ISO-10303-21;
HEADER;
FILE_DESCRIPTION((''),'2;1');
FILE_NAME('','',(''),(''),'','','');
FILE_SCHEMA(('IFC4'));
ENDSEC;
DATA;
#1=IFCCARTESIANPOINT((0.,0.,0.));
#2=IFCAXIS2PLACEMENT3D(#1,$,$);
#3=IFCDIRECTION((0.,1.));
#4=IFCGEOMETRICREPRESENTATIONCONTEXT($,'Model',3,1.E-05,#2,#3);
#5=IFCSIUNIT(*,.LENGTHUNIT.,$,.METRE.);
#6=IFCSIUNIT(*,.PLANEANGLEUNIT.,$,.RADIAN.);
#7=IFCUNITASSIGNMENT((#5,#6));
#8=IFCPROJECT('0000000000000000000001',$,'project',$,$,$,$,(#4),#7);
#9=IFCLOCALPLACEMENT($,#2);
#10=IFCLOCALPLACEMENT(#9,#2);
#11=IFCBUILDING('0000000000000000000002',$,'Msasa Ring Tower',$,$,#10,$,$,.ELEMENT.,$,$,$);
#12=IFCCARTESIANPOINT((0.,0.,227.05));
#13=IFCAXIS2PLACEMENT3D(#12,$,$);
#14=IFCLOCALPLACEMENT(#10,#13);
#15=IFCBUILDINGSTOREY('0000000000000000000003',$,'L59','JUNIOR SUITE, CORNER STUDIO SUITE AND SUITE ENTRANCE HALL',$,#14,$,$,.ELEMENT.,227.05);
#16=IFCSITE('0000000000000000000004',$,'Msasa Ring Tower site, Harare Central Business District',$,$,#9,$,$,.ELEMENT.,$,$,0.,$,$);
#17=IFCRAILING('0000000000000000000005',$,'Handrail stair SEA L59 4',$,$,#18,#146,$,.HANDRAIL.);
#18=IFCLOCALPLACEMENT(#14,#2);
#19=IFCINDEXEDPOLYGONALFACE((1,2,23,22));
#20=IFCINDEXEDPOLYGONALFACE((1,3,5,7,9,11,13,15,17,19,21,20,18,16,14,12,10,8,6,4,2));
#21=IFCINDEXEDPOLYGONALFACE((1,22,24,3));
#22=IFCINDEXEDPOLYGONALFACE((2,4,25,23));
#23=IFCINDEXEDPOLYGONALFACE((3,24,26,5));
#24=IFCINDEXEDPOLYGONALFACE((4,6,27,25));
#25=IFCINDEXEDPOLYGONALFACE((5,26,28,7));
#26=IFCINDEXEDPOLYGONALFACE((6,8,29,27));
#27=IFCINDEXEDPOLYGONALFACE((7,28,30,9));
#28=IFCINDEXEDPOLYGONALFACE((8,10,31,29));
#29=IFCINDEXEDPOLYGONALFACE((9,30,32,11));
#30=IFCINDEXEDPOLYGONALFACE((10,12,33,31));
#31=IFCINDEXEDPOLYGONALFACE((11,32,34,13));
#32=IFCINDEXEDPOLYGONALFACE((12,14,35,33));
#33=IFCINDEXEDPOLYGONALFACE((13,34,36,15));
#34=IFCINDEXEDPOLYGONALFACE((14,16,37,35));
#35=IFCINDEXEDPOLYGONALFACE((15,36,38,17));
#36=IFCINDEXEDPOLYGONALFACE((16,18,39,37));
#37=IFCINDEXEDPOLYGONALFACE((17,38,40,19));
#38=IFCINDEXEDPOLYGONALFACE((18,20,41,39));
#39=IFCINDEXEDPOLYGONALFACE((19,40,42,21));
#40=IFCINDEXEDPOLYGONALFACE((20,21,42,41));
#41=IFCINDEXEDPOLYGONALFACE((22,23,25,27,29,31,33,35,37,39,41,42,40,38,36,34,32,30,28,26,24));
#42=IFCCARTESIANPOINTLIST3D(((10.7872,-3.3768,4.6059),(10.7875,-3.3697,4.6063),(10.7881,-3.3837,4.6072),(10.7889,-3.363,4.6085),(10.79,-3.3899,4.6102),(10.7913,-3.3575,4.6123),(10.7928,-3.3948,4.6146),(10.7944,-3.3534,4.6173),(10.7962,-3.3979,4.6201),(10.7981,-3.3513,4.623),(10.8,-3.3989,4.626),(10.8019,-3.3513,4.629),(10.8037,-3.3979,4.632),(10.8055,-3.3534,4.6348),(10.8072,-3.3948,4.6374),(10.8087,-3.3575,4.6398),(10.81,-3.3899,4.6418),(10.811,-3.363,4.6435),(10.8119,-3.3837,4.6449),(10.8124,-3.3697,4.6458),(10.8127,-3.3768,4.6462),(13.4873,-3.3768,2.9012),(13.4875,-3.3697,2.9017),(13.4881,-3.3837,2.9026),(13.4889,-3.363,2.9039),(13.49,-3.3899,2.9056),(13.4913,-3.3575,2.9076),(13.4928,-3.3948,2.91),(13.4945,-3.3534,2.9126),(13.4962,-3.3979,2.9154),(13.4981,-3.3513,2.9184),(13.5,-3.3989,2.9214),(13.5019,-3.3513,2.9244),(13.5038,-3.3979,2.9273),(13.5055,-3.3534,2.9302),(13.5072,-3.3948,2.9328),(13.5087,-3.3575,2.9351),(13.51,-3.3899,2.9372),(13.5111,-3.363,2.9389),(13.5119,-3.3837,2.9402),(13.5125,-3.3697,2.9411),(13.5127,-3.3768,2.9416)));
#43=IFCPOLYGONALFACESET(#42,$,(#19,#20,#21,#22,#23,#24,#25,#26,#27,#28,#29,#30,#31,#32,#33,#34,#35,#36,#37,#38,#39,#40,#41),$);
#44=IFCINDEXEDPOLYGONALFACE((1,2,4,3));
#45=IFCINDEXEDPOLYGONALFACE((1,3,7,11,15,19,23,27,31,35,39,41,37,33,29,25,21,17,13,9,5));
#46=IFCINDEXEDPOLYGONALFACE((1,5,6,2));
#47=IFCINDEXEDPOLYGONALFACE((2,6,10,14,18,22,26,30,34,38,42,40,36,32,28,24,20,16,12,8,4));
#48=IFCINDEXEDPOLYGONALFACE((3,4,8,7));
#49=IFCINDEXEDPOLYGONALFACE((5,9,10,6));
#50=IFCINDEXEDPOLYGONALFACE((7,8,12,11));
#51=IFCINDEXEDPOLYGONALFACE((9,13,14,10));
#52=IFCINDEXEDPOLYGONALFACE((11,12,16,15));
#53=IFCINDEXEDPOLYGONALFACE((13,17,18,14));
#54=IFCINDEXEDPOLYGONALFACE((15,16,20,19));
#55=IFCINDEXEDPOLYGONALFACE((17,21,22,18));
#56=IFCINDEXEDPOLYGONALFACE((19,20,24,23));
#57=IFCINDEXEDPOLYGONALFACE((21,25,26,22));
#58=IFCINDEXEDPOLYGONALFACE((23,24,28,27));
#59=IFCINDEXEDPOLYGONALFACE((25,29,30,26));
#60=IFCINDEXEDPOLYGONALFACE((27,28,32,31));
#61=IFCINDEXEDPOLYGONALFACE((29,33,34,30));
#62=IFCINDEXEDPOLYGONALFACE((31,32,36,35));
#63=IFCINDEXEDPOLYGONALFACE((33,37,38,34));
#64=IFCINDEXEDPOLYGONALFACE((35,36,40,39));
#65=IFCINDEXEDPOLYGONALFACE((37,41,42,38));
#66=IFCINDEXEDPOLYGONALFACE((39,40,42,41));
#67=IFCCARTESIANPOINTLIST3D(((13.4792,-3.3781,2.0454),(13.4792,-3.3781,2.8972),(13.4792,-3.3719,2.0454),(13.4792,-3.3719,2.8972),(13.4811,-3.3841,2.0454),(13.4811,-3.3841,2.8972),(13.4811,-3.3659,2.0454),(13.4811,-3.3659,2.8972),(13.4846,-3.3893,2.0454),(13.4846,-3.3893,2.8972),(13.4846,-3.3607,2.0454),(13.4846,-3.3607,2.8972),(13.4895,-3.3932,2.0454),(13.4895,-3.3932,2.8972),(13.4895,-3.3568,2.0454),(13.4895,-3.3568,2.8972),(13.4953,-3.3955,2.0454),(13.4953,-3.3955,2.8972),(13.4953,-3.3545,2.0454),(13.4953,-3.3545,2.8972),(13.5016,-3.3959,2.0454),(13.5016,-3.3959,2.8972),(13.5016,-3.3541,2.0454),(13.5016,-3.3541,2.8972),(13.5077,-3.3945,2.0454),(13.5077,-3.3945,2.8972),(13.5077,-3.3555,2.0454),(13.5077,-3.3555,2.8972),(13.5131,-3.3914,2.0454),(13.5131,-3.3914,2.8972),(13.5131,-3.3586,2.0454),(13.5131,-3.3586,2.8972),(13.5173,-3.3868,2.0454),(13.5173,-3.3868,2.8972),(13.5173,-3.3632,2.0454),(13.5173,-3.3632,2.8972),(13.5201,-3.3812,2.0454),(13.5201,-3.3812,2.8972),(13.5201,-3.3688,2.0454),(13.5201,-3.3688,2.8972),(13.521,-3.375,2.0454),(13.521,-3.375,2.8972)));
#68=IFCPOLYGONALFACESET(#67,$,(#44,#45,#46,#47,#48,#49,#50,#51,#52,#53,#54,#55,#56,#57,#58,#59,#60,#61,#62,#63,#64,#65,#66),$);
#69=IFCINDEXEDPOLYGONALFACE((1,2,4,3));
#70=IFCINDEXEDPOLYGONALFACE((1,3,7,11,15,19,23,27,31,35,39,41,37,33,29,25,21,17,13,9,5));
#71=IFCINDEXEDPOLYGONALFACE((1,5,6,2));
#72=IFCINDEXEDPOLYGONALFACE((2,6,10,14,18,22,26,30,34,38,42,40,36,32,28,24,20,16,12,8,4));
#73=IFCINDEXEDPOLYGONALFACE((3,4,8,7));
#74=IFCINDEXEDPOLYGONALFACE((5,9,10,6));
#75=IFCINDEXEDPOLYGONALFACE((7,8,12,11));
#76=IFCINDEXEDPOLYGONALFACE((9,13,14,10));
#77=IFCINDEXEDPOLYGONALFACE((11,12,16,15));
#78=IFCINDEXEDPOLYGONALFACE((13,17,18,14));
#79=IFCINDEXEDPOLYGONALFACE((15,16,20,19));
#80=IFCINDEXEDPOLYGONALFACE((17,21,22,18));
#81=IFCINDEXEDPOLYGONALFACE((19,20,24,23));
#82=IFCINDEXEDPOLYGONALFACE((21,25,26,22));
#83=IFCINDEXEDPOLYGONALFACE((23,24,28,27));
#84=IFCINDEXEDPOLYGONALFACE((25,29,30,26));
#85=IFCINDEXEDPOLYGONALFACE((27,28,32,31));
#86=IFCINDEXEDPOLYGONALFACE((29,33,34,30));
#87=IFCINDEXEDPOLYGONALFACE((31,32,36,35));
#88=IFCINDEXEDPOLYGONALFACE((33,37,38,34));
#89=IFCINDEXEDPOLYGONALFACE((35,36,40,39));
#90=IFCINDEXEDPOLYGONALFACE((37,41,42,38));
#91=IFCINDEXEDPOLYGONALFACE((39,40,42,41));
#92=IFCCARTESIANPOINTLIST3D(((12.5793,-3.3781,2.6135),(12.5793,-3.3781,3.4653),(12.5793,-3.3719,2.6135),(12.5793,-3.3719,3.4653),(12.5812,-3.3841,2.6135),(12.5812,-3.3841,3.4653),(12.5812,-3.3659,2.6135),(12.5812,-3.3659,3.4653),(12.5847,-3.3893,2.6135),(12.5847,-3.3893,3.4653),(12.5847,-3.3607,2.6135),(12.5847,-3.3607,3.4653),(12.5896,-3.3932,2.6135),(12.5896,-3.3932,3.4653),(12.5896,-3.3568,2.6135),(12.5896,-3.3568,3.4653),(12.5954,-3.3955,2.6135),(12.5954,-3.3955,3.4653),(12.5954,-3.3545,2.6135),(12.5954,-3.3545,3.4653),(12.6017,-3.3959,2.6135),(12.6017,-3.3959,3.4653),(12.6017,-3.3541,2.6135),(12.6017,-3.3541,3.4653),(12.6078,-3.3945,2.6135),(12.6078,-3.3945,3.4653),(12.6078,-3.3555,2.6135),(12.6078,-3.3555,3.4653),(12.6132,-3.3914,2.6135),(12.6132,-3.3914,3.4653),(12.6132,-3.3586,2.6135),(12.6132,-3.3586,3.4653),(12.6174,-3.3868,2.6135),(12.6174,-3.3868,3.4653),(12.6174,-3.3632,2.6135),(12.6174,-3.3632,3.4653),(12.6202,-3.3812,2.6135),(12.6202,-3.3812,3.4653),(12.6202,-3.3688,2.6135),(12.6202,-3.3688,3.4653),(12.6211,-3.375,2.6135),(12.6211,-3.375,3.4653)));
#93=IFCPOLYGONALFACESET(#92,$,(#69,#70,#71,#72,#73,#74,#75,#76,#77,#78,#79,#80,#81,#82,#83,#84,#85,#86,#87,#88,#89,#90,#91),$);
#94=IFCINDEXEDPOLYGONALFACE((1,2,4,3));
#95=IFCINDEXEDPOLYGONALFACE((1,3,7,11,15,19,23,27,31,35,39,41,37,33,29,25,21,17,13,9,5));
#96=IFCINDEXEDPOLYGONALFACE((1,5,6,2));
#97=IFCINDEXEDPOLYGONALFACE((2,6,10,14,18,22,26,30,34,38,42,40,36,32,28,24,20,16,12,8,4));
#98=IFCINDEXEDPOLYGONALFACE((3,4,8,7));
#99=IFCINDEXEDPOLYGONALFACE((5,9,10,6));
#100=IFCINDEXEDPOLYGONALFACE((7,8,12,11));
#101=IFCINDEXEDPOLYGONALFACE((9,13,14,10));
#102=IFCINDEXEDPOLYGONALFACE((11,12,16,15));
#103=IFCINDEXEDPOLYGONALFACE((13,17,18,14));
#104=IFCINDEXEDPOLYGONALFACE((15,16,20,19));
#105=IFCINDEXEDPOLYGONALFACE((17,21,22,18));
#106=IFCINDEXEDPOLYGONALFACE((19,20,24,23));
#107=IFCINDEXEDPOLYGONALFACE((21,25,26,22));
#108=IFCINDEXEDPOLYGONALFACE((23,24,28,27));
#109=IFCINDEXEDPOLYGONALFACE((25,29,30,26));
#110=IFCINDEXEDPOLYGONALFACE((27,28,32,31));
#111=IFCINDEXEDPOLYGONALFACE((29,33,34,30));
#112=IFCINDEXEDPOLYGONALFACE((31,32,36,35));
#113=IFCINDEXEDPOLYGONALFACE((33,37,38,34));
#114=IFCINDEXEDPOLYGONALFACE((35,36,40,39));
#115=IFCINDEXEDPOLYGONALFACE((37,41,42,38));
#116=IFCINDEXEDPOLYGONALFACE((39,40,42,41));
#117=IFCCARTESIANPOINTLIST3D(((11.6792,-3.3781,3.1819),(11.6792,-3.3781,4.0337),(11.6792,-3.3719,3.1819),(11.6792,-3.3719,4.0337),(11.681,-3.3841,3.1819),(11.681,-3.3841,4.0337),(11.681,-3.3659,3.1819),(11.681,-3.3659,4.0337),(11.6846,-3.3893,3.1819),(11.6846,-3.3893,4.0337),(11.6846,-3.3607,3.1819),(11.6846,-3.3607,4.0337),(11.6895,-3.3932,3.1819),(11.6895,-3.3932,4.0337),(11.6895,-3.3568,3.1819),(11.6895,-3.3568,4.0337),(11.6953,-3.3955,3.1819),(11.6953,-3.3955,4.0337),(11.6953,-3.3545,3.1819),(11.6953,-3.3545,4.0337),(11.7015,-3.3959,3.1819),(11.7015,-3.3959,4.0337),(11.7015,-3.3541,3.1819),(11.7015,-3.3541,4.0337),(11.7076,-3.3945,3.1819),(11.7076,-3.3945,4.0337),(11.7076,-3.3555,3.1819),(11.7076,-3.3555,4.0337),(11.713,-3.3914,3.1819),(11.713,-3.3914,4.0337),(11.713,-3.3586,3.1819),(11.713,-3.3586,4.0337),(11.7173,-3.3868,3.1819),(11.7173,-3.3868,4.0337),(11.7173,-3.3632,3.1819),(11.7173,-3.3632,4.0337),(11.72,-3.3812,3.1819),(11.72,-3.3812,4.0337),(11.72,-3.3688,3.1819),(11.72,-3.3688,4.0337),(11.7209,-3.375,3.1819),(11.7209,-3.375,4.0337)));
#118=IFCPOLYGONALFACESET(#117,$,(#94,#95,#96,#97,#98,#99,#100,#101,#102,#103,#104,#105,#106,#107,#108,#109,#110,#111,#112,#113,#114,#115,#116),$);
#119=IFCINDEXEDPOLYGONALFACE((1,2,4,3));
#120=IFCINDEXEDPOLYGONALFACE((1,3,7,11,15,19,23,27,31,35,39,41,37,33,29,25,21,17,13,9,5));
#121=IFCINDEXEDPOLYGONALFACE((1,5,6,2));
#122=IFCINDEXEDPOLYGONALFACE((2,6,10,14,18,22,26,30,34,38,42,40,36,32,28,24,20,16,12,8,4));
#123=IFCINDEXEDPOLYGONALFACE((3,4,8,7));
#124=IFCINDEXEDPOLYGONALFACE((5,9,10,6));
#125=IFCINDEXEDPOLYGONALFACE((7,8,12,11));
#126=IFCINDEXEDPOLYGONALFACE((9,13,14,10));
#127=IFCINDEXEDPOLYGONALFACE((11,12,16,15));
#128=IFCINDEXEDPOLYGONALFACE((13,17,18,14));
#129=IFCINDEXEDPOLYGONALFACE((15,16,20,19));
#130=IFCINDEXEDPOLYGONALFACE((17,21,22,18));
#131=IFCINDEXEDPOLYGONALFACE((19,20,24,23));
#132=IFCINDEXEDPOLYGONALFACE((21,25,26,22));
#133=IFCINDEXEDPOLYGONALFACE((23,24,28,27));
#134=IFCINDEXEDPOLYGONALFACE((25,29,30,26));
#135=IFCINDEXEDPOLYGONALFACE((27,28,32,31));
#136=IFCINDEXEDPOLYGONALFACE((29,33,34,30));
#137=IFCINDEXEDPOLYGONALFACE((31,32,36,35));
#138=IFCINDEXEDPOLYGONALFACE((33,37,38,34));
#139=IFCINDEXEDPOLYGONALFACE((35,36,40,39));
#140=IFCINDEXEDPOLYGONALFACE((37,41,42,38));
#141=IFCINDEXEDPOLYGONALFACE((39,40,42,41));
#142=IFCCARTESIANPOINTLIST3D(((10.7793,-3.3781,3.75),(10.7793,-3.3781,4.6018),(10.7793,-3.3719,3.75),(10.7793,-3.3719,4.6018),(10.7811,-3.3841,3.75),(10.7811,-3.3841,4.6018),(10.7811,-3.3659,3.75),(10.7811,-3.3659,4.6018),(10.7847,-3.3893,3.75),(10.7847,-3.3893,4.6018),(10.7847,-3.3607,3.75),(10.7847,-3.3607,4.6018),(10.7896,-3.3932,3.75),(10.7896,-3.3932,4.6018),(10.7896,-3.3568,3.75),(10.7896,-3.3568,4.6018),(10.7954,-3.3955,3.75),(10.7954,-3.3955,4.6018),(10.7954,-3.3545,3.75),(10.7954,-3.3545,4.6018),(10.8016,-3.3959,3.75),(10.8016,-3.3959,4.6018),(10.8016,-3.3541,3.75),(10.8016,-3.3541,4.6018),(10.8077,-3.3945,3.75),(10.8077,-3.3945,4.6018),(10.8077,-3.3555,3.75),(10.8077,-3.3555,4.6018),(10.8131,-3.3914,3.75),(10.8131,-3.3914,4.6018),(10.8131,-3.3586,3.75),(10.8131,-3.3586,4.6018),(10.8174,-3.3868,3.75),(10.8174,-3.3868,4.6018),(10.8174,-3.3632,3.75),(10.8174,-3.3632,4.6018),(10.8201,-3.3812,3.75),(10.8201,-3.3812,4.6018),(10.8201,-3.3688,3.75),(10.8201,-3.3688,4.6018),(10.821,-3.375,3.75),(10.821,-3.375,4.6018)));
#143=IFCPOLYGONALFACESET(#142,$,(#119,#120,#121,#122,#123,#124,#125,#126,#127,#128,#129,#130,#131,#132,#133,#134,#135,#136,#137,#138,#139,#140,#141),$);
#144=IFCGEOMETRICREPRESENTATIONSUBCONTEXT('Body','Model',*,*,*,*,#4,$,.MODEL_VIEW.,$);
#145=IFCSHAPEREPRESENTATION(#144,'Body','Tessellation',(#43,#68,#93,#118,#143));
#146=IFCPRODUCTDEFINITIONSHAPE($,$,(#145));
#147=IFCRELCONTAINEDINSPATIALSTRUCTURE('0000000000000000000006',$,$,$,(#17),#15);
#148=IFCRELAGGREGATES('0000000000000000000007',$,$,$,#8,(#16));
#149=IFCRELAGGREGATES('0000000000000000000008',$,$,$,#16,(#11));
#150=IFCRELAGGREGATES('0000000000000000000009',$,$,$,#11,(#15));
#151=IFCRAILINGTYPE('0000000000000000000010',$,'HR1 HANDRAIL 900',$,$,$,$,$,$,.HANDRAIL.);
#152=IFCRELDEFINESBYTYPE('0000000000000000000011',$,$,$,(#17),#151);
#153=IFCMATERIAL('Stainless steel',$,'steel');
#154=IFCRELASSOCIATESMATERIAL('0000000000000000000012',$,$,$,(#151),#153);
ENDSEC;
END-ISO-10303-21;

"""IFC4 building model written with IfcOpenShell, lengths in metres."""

from ifc_helpers import new_model, si_unit, direction, frame, origin, origin_2d, place, context, subcontext, project, spatial, circle, extrude, material, type_object, element, save


model = new_model("IFC4")

# Units and contexts
model_context = context("Model", 3, precision=1e-05, world=origin(), true_north=direction((0.0, 1.0)))
body_context = subcontext(model_context, "Body", "Model", "MODEL_VIEW")
ifc_project = project(units=[si_unit("LENGTHUNIT", "METRE"), si_unit("PLANEANGLEUNIT", "RADIAN")], contexts=[model_context])

# Site, building, storey
site_placement = place(None, origin())
site = spatial("IfcSite", under=ifc_project, at=site_placement, Name="Msasa Ring Tower site, Harare Central Business District", CompositionType="ELEMENT", RefElevation=0.0)
building_placement = place(site_placement, origin())
building = spatial("IfcBuilding", under=site, at=building_placement, Name="Msasa Ring Tower", CompositionType="ELEMENT")
storey_placement = place(building_placement, frame((0.0, 0.0, 227.05)))
storey = spatial("IfcBuildingStorey", under=building, at=storey_placement, Name="L59", Description="JUNIOR SUITE, CORNER STUDIO SUITE AND SUITE ENTRANCE HALL", CompositionType="ELEMENT", Elevation=227.05)

# Railing
ifc_material_1 = material(Name="Stainless steel", Category="steel")
railing_type = type_object("IfcRailingType", Name="HR1 HANDRAIL 900", PredefinedType="HANDRAIL", material=ifc_material_1)
for number, where, name in (
    (1, (13.5, -3.375, 2.0454), "Handrail stair SEA L59 4"),
):
    element("IfcRailing", number, at=place(storey_placement, frame(where)), inside=storey, type_object=railing_type, Name=name, PredefinedType="HANDRAIL", context=body_context, shape_type="SweptSolid", body=[
        extrude(circle(Radius=0.0239, at=origin_2d()), frame((0.0, 0.0, 0.876), z_axis=(-0.84558, 0.0, 0.533849), x_axis=(0.0, -1.0, 0.0)), (0.0, 0.0, 1.0), 3.1931),
        extrude(circle(Radius=0.021, at=origin_2d()), origin(), (0.0, 0.0, 1.0), 0.8518),
        extrude(circle(Radius=0.021, at=origin_2d()), frame((-0.8999, 0.0, 0.5681)), (0.0, 0.0, 1.0), 0.8518),
        extrude(circle(Radius=0.021, at=origin_2d()), frame((-1.8, 0.0, 1.1365)), (0.0, 0.0, 1.0), 0.8518),
        extrude(circle(Radius=0.021, at=origin_2d()), frame((-2.7, 0.0, 1.7046)), (0.0, 0.0, 1.0), 0.8518),
    ])

save(model, "model.ifc")
